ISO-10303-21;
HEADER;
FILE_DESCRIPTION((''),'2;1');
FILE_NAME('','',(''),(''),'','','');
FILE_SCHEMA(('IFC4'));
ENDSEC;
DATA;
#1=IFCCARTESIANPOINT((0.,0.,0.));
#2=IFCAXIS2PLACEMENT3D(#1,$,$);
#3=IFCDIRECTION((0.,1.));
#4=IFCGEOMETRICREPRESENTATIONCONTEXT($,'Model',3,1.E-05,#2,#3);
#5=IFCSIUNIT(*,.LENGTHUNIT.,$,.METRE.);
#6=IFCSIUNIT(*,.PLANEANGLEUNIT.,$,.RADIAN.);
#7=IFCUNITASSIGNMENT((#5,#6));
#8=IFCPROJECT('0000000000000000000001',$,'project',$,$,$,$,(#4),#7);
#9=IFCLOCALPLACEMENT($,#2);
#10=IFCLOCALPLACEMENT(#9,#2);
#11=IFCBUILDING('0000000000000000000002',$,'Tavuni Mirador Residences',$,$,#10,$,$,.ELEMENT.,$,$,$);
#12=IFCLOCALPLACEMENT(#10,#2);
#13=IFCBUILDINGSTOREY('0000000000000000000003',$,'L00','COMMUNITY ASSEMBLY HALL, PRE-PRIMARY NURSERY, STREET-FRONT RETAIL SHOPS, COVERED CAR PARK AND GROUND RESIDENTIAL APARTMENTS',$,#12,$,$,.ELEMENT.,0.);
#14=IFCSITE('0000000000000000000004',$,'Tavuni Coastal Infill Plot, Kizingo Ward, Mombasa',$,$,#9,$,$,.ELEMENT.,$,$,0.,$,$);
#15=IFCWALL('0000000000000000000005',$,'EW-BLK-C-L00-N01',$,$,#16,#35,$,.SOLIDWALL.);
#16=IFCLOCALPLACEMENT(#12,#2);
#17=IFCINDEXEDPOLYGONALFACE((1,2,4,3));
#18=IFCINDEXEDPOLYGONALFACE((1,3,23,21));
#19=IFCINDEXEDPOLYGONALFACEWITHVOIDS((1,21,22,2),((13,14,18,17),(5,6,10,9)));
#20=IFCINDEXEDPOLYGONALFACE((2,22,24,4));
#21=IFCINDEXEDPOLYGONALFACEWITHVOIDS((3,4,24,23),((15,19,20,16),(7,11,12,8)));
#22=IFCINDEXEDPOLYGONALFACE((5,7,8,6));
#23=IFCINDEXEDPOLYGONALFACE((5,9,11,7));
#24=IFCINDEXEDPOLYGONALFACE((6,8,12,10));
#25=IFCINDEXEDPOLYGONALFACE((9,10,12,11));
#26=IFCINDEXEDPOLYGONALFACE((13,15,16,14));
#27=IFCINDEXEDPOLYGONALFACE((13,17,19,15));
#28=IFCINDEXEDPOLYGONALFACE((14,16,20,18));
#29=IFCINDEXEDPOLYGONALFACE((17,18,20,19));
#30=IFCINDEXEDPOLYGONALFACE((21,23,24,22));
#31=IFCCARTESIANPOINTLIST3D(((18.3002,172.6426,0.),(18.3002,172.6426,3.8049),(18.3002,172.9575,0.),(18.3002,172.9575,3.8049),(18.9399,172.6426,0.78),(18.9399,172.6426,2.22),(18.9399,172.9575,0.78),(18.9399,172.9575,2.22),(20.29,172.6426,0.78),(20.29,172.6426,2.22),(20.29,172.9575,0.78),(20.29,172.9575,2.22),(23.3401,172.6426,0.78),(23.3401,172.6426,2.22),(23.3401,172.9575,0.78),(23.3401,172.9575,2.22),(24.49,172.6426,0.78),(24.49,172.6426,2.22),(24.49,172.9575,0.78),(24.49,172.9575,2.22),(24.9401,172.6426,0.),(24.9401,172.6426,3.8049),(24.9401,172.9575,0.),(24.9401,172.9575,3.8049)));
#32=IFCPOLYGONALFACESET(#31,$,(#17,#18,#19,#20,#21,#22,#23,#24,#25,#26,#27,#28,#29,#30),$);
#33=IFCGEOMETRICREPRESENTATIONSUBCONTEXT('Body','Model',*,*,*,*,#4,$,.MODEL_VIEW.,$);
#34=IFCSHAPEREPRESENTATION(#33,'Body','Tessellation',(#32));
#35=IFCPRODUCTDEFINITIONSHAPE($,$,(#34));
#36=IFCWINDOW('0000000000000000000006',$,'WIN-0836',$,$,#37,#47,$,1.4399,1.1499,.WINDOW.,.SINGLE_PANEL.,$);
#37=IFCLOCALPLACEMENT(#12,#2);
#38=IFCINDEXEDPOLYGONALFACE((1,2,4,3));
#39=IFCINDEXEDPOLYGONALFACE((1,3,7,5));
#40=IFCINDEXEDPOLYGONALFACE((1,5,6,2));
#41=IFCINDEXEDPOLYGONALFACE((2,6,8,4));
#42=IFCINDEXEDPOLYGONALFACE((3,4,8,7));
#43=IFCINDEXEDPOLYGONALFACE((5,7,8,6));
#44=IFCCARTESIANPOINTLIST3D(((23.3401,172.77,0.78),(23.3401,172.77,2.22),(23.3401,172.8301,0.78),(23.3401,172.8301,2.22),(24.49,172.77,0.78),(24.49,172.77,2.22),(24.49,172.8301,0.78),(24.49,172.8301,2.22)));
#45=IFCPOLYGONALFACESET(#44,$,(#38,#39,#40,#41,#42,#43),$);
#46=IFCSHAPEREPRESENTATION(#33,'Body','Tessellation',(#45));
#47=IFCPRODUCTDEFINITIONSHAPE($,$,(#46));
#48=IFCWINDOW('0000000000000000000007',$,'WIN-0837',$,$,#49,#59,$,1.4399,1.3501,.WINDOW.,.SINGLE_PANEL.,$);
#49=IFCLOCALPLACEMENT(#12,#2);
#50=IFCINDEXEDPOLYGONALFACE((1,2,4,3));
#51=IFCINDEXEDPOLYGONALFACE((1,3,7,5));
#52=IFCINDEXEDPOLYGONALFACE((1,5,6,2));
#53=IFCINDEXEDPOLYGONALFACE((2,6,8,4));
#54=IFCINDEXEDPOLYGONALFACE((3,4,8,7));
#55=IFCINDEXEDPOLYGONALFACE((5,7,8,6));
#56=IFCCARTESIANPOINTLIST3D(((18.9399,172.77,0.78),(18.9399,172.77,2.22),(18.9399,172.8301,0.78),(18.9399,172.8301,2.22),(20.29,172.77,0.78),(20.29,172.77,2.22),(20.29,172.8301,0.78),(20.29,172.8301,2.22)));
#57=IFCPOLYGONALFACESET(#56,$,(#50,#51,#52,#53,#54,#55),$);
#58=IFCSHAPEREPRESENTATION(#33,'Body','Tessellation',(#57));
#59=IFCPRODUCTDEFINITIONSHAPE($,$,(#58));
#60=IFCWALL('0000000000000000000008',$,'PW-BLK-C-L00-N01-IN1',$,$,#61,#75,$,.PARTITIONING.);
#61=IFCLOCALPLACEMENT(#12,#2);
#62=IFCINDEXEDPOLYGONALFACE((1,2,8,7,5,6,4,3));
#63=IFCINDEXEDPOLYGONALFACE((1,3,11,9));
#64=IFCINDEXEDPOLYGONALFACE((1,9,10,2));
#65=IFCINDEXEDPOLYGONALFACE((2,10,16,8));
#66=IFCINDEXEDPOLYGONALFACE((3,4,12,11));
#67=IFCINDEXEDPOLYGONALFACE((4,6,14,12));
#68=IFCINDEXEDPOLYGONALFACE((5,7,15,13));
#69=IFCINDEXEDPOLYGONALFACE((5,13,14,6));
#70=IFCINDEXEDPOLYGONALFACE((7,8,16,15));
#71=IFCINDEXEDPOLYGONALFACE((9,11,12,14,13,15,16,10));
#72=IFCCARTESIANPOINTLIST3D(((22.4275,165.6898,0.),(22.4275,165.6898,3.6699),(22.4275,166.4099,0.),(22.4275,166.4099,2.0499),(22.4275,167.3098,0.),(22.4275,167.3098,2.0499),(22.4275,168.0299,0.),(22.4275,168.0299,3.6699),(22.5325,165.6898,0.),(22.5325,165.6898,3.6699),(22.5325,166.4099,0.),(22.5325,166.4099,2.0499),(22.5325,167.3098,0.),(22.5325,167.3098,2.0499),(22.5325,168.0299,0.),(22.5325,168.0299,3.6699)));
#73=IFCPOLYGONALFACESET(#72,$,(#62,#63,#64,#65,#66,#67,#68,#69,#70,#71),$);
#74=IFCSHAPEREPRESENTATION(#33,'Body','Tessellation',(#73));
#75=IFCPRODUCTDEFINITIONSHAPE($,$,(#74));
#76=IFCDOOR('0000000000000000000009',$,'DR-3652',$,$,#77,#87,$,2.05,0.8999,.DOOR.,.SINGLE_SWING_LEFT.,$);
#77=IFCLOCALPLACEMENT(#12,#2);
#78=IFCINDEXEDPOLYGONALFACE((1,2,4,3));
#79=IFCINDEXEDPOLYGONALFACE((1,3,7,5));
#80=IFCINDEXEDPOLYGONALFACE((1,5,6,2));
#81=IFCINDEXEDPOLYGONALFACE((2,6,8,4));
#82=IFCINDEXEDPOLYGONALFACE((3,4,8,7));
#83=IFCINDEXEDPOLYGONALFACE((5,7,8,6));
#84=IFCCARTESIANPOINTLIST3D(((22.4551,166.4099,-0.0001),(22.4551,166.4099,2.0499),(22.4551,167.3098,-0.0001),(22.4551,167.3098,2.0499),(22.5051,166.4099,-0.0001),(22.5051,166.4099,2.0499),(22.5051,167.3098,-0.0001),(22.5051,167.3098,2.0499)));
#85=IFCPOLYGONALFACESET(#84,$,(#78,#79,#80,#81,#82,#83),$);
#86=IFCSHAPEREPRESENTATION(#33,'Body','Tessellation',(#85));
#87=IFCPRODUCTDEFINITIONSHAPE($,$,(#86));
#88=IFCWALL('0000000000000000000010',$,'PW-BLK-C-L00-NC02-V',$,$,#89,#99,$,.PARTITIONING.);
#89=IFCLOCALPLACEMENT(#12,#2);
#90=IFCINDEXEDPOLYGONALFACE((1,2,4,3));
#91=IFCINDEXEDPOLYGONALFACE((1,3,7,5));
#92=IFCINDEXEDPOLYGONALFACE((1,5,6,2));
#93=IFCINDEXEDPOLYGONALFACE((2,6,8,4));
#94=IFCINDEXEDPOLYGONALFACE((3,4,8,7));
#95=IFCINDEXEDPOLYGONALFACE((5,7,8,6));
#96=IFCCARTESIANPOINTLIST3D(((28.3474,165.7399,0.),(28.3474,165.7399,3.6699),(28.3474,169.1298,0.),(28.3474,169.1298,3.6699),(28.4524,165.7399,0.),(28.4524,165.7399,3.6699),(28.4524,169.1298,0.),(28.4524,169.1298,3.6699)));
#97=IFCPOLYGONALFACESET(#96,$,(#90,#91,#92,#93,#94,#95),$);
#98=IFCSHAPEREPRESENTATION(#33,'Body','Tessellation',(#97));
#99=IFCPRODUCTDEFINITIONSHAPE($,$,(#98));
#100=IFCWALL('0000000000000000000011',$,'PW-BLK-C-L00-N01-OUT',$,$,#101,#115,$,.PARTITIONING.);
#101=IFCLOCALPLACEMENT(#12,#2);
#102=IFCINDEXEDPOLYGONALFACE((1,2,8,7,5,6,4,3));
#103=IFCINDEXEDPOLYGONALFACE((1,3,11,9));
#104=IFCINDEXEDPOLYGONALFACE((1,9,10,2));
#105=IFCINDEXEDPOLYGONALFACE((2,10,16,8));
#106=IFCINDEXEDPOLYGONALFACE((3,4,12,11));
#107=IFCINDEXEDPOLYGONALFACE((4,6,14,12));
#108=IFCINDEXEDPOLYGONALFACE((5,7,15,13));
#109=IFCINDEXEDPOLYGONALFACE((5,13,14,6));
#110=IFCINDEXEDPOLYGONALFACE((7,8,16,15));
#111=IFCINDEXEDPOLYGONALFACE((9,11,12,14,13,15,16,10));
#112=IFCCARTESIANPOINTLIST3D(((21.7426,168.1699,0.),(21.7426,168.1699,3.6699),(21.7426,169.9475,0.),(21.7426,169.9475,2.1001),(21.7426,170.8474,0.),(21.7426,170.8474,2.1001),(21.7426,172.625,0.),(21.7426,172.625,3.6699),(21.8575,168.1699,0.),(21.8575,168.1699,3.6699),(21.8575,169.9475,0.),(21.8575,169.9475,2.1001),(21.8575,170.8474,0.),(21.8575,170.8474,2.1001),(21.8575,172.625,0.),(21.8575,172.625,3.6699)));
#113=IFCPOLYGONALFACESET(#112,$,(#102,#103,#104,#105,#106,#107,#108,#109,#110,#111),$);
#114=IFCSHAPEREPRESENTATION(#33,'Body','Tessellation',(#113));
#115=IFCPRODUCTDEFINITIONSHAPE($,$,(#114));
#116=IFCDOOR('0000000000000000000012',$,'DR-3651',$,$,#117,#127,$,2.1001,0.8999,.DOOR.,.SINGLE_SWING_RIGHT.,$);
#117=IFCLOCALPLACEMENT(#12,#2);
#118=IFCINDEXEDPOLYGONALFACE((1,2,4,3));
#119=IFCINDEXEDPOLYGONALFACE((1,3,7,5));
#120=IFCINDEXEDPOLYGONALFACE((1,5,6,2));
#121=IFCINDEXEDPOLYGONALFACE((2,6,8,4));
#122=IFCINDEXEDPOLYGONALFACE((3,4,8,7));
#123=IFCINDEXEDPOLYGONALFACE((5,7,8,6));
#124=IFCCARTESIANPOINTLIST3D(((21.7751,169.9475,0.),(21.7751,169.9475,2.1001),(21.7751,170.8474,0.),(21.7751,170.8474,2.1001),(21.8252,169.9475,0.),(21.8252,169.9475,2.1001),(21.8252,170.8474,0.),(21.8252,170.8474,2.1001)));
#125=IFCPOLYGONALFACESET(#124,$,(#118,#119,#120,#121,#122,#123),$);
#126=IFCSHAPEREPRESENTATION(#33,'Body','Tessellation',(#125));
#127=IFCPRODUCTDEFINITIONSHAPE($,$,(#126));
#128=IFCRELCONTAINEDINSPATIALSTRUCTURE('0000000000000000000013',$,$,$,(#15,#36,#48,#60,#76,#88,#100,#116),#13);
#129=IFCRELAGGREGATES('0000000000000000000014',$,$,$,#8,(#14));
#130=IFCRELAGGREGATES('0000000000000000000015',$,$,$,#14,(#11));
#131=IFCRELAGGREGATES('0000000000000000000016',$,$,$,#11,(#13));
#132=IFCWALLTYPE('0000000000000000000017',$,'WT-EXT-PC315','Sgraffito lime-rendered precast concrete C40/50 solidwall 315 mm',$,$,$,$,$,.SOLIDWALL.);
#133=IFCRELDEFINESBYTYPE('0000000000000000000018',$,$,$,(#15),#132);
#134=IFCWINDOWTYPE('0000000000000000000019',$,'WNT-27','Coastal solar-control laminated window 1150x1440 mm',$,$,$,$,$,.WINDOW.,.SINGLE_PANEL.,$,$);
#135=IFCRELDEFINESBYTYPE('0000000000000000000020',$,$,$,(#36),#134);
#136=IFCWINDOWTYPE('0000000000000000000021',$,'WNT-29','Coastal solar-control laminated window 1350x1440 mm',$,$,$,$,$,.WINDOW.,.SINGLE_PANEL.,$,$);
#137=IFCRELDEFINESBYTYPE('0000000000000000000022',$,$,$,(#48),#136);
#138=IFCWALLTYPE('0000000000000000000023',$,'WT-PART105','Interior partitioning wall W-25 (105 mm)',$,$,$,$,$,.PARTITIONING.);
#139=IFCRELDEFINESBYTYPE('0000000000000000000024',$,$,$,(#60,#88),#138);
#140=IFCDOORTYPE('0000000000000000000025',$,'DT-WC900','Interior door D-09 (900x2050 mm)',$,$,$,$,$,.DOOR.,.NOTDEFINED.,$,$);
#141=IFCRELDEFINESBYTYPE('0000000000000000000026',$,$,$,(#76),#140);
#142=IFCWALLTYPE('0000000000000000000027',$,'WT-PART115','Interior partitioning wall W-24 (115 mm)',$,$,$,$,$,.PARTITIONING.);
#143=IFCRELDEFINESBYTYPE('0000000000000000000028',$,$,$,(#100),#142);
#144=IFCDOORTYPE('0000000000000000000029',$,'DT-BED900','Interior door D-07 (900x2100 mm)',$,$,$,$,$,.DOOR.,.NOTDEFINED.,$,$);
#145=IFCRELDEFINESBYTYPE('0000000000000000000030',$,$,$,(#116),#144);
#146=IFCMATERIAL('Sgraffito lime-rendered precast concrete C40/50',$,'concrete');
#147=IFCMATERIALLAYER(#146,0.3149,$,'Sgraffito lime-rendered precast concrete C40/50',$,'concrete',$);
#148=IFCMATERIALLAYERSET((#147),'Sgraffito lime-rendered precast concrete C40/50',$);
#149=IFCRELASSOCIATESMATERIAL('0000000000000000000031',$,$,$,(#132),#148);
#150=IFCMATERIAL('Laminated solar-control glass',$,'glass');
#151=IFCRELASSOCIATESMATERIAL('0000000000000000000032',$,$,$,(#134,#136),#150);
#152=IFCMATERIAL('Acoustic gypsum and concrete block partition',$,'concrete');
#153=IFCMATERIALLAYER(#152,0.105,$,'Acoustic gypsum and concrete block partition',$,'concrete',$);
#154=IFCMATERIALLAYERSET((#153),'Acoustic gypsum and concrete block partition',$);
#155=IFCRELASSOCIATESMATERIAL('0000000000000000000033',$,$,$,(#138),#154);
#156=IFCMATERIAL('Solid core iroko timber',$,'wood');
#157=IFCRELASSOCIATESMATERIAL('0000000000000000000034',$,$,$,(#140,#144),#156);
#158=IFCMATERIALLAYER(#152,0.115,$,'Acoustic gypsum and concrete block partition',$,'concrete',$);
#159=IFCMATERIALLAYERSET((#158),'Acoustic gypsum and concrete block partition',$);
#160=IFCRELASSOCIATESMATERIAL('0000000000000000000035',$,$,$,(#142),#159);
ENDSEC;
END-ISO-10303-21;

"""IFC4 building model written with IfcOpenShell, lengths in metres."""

from ifc_helpers import new_model, si_unit, direction, frame, frame_2d, origin, place, context, subcontext, project, spatial, rectangle, extrude, material, layer, layer_set, type_object, element, fill, save


model = new_model("IFC4")

# Units and contexts
model_context = context("Model", 3, precision=1e-05, world=origin(), true_north=direction((0.0, 1.0)))
body_context = subcontext(model_context, "Body", "Model", "MODEL_VIEW")
ifc_project = project(units=[si_unit("LENGTHUNIT", "METRE"), si_unit("PLANEANGLEUNIT", "RADIAN")], contexts=[model_context])

# Site, building, storey
site_placement = place(None, origin())
site = spatial("IfcSite", under=ifc_project, at=site_placement, Name="Tavuni Coastal Infill Plot, Kizingo Ward, Mombasa", CompositionType="ELEMENT", RefElevation=0.0)
building_placement = place(site_placement, origin())
building = spatial("IfcBuilding", under=site, at=building_placement, Name="Tavuni Mirador Residences", CompositionType="ELEMENT")
storey_placement = place(building_placement, origin())
storey = spatial("IfcBuildingStorey", under=building, at=storey_placement, Name="L00", Description="COMMUNITY ASSEMBLY HALL, PRE-PRIMARY NURSERY, STREET-FRONT RETAIL SHOPS, COVERED CAR PARK AND GROUND RESIDENTIAL APARTMENTS", CompositionType="ELEMENT", Elevation=0.0)

# Shared definitions
ifc_material_1 = material(Name="Solid core iroko timber", Category="wood")

# Wall, openings, windows
ifc_material_2 = material(Name="Sgraffito lime-rendered precast concrete C40/50", Category="concrete")
ifc_layer_1 = layer(ifc_material_2, 0.3149, Name="Sgraffito lime-rendered precast concrete C40/50", Category="concrete")
ifc_layer_set_1 = layer_set([ifc_layer_1], Name="Sgraffito lime-rendered precast concrete C40/50")
wall_type_1 = type_object("IfcWallType", Name="WT-EXT-PC315", Description="Sgraffito lime-rendered precast concrete C40/50 solidwall 315 mm", PredefinedType="SOLIDWALL", material=ifc_layer_set_1)
wall_1_placement = place(storey_placement, frame((24.9399, 172.8, 0.0), z_axis=(0.0, 0.0, 1.0), x_axis=(-1.0, 0.0, 0.0)))
wall_1 = element("IfcWall", 1, at=wall_1_placement, inside=storey, type_object=wall_type_1, Name="EW-BLK-C-L00-N01", PredefinedType="SOLIDWALL", context=body_context, shape_type="SweptSolid", body=[
    extrude(rectangle(XDim=6.6399, YDim=0.3149, at=frame_2d((3.3198, 0.0))), origin(), (0.0, 0.0, 1.0), 3.8049),
])
opening_1_placement = place(wall_1_placement, frame((0.45, 0.0, 0.78)))
opening_1 = element("IfcOpeningElement", 2, at=opening_1_placement, cuts=wall_1, PredefinedType="OPENING", context=body_context, shape_type="SweptSolid", body=[
    extrude(rectangle(XDim=1.1499, YDim=1.4399, at=frame_2d((0.575, 0.72))), frame((0.0, 0.1675, 0.0), z_axis=(0.0, -1.0, 0.0), x_axis=(1.0, 0.0, 0.0)), (0.0, 0.0, 1.0), 0.335),
])
opening_2_placement = place(wall_1_placement, frame((4.6499, 0.0, 0.78)))
opening_2 = element("IfcOpeningElement", 3, at=opening_2_placement, cuts=wall_1, PredefinedType="OPENING", context=body_context, shape_type="SweptSolid", body=[
    extrude(rectangle(XDim=1.3501, YDim=1.4399, at=frame_2d((0.675, 0.72))), frame((0.0, 0.1675, 0.0), z_axis=(0.0, -1.0, 0.0), x_axis=(1.0, 0.0, 0.0)), (0.0, 0.0, 1.0), 0.335),
])
ifc_material_3 = material(Name="Laminated solar-control glass", Category="glass")
window_type_1 = type_object("IfcWindowType", Name="WNT-27", Description="Coastal solar-control laminated window 1150x1440 mm", PartitioningType="SINGLE_PANEL", PredefinedType="WINDOW", material=ifc_material_3)
window_1_placement = place(opening_1_placement, origin())
window_1 = element("IfcWindow", 4, at=window_1_placement, inside=storey, type_object=window_type_1, Name="WIN-0836", OverallHeight=1.4399, OverallWidth=1.1499, PartitioningType="SINGLE_PANEL", PredefinedType="WINDOW", context=body_context, shape_type="SweptSolid", body=[
    extrude(rectangle(XDim=1.1499, YDim=1.4399, at=frame_2d((0.575, 0.72))), frame((0.0, 0.03, 0.0), z_axis=(0.0, -1.0, 0.0), x_axis=(1.0, 0.0, 0.0)), (0.0, 0.0, 1.0), 0.0601),
])
fill(opening_1, window_1)
window_type_2 = type_object("IfcWindowType", Name="WNT-29", Description="Coastal solar-control laminated window 1350x1440 mm", PartitioningType="SINGLE_PANEL", PredefinedType="WINDOW", material=ifc_material_3)
window_2_placement = place(opening_2_placement, origin())
window_2 = element("IfcWindow", 5, at=window_2_placement, inside=storey, type_object=window_type_2, Name="WIN-0837", OverallHeight=1.4399, OverallWidth=1.3501, PartitioningType="SINGLE_PANEL", PredefinedType="WINDOW", context=body_context, shape_type="SweptSolid", body=[
    extrude(rectangle(XDim=1.3501, YDim=1.4399, at=frame_2d((0.675, 0.72))), frame((0.0, 0.03, 0.0), z_axis=(0.0, -1.0, 0.0), x_axis=(1.0, 0.0, 0.0)), (0.0, 0.0, 1.0), 0.0601),
])
fill(opening_2, window_2)

# Wall, opening, door
ifc_material_4 = material(Name="Acoustic gypsum and concrete block partition", Category="concrete")
ifc_layer_2 = layer(ifc_material_4, 0.105, Name="Acoustic gypsum and concrete block partition", Category="concrete")
ifc_layer_set_2 = layer_set([ifc_layer_2], Name="Acoustic gypsum and concrete block partition")
wall_type_2 = type_object("IfcWallType", Name="WT-PART105", Description="Interior partitioning wall W-25 (105 mm)", PredefinedType="PARTITIONING", material=ifc_layer_set_2)
wall_2_placement = place(storey_placement, frame((22.48, 165.6899, 0.0), z_axis=(0.0, 0.0, 1.0), x_axis=(0.0, 1.0, 0.0)))
wall_2 = element("IfcWall", 6, at=wall_2_placement, inside=storey, type_object=wall_type_2, Name="PW-BLK-C-L00-N01-IN1", PredefinedType="PARTITIONING", context=body_context, shape_type="SweptSolid", body=[
    extrude(rectangle(XDim=2.3401, YDim=0.105, at=frame_2d((1.1699, 0.0))), origin(), (0.0, 0.0, 1.0), 3.6699),
])
opening_3_placement = place(wall_2_placement, frame((0.72, 0.0, 0.0)))
opening_3 = element("IfcOpeningElement", 7, at=opening_3_placement, cuts=wall_2, PredefinedType="OPENING", context=body_context, shape_type="SweptSolid", body=[
    extrude(rectangle(XDim=0.8999, YDim=2.05, at=frame_2d((0.45, 1.0249))), frame((0.0, 0.0625, 0.0), z_axis=(0.0, -1.0, 0.0), x_axis=(1.0, 0.0, 0.0)), (0.0, 0.0, 1.0), 0.125),
])
door_type_1 = type_object("IfcDoorType", Name="DT-WC900", Description="Interior door D-09 (900x2050 mm)", OperationType="NOTDEFINED", PredefinedType="DOOR", material=ifc_material_1)
door_1_placement = place(opening_3_placement, origin())
door_1 = element("IfcDoor", 8, at=door_1_placement, inside=storey, type_object=door_type_1, Name="DR-3652", OperationType="SINGLE_SWING_LEFT", OverallHeight=2.05, OverallWidth=0.8999, PredefinedType="DOOR", context=body_context, shape_type="SweptSolid", body=[
    extrude(rectangle(XDim=0.8999, YDim=2.05, at=frame_2d((0.45, 1.0249))), frame((0.0, 0.0249, 0.0), z_axis=(0.0, -1.0, 0.0), x_axis=(1.0, 0.0, 0.0)), (0.0, 0.0, 1.0), 0.05),
])
fill(opening_3, door_1)

# Wall
wall_3_placement = place(storey_placement, frame((28.3999, 165.74, 0.0), z_axis=(0.0, 0.0, 1.0), x_axis=(0.0, 1.0, 0.0)))
element("IfcWall", 9, at=wall_3_placement, inside=storey, type_object=wall_type_2, Name="PW-BLK-C-L00-NC02-V", PredefinedType="PARTITIONING", context=body_context, shape_type="SweptSolid", body=[
    extrude(rectangle(XDim=3.3899, YDim=0.105, at=frame_2d((1.6948, 0.0))), origin(), (0.0, 0.0, 1.0), 3.6699),
])

# Wall, opening, door
ifc_layer_3 = layer(ifc_material_4, 0.115, Name="Acoustic gypsum and concrete block partition", Category="concrete")
ifc_layer_set_3 = layer_set([ifc_layer_3], Name="Acoustic gypsum and concrete block partition")
wall_type_3 = type_object("IfcWallType", Name="WT-PART115", Description="Interior partitioning wall W-24 (115 mm)", PredefinedType="PARTITIONING", material=ifc_layer_set_3)
wall_4_placement = place(storey_placement, frame((21.8, 168.1699, 0.0), z_axis=(0.0, 0.0, 1.0), x_axis=(0.0, 1.0, 0.0)))
wall_4 = element("IfcWall", 10, at=wall_4_placement, inside=storey, type_object=wall_type_3, Name="PW-BLK-C-L00-N01-OUT", PredefinedType="PARTITIONING", context=body_context, shape_type="SweptSolid", body=[
    extrude(rectangle(XDim=4.4551, YDim=0.115, at=frame_2d((2.2275, 0.0))), origin(), (0.0, 0.0, 1.0), 3.6699),
])
opening_4_placement = place(wall_4_placement, frame((1.7776, 0.0, 0.0)))
opening_4 = element("IfcOpeningElement", 11, at=opening_4_placement, cuts=wall_4, PredefinedType="OPENING", context=body_context, shape_type="SweptSolid", body=[
    extrude(rectangle(XDim=0.8999, YDim=2.1001, at=frame_2d((0.45, 1.05))), frame((0.0, 0.0674, 0.0), z_axis=(0.0, -1.0, 0.0), x_axis=(1.0, 0.0, 0.0)), (0.0, 0.0, 1.0), 0.135),
])
door_type_2 = type_object("IfcDoorType", Name="DT-BED900", Description="Interior door D-07 (900x2100 mm)", OperationType="NOTDEFINED", PredefinedType="DOOR", material=ifc_material_1)
door_2_placement = place(opening_4_placement, origin())
door_2 = element("IfcDoor", 12, at=door_2_placement, inside=storey, type_object=door_type_2, Name="DR-3651", OperationType="SINGLE_SWING_RIGHT", OverallHeight=2.1001, OverallWidth=0.8999, PredefinedType="DOOR", context=body_context, shape_type="SweptSolid", body=[
    extrude(rectangle(XDim=0.8999, YDim=2.1001, at=frame_2d((0.45, 1.05))), frame((0.0, 0.0249, 0.0), z_axis=(0.0, -1.0, 0.0), x_axis=(1.0, 0.0, 0.0)), (0.0, 0.0, 1.0), 0.05),
])
fill(opening_4, door_2)

save(model, "model.ifc")
